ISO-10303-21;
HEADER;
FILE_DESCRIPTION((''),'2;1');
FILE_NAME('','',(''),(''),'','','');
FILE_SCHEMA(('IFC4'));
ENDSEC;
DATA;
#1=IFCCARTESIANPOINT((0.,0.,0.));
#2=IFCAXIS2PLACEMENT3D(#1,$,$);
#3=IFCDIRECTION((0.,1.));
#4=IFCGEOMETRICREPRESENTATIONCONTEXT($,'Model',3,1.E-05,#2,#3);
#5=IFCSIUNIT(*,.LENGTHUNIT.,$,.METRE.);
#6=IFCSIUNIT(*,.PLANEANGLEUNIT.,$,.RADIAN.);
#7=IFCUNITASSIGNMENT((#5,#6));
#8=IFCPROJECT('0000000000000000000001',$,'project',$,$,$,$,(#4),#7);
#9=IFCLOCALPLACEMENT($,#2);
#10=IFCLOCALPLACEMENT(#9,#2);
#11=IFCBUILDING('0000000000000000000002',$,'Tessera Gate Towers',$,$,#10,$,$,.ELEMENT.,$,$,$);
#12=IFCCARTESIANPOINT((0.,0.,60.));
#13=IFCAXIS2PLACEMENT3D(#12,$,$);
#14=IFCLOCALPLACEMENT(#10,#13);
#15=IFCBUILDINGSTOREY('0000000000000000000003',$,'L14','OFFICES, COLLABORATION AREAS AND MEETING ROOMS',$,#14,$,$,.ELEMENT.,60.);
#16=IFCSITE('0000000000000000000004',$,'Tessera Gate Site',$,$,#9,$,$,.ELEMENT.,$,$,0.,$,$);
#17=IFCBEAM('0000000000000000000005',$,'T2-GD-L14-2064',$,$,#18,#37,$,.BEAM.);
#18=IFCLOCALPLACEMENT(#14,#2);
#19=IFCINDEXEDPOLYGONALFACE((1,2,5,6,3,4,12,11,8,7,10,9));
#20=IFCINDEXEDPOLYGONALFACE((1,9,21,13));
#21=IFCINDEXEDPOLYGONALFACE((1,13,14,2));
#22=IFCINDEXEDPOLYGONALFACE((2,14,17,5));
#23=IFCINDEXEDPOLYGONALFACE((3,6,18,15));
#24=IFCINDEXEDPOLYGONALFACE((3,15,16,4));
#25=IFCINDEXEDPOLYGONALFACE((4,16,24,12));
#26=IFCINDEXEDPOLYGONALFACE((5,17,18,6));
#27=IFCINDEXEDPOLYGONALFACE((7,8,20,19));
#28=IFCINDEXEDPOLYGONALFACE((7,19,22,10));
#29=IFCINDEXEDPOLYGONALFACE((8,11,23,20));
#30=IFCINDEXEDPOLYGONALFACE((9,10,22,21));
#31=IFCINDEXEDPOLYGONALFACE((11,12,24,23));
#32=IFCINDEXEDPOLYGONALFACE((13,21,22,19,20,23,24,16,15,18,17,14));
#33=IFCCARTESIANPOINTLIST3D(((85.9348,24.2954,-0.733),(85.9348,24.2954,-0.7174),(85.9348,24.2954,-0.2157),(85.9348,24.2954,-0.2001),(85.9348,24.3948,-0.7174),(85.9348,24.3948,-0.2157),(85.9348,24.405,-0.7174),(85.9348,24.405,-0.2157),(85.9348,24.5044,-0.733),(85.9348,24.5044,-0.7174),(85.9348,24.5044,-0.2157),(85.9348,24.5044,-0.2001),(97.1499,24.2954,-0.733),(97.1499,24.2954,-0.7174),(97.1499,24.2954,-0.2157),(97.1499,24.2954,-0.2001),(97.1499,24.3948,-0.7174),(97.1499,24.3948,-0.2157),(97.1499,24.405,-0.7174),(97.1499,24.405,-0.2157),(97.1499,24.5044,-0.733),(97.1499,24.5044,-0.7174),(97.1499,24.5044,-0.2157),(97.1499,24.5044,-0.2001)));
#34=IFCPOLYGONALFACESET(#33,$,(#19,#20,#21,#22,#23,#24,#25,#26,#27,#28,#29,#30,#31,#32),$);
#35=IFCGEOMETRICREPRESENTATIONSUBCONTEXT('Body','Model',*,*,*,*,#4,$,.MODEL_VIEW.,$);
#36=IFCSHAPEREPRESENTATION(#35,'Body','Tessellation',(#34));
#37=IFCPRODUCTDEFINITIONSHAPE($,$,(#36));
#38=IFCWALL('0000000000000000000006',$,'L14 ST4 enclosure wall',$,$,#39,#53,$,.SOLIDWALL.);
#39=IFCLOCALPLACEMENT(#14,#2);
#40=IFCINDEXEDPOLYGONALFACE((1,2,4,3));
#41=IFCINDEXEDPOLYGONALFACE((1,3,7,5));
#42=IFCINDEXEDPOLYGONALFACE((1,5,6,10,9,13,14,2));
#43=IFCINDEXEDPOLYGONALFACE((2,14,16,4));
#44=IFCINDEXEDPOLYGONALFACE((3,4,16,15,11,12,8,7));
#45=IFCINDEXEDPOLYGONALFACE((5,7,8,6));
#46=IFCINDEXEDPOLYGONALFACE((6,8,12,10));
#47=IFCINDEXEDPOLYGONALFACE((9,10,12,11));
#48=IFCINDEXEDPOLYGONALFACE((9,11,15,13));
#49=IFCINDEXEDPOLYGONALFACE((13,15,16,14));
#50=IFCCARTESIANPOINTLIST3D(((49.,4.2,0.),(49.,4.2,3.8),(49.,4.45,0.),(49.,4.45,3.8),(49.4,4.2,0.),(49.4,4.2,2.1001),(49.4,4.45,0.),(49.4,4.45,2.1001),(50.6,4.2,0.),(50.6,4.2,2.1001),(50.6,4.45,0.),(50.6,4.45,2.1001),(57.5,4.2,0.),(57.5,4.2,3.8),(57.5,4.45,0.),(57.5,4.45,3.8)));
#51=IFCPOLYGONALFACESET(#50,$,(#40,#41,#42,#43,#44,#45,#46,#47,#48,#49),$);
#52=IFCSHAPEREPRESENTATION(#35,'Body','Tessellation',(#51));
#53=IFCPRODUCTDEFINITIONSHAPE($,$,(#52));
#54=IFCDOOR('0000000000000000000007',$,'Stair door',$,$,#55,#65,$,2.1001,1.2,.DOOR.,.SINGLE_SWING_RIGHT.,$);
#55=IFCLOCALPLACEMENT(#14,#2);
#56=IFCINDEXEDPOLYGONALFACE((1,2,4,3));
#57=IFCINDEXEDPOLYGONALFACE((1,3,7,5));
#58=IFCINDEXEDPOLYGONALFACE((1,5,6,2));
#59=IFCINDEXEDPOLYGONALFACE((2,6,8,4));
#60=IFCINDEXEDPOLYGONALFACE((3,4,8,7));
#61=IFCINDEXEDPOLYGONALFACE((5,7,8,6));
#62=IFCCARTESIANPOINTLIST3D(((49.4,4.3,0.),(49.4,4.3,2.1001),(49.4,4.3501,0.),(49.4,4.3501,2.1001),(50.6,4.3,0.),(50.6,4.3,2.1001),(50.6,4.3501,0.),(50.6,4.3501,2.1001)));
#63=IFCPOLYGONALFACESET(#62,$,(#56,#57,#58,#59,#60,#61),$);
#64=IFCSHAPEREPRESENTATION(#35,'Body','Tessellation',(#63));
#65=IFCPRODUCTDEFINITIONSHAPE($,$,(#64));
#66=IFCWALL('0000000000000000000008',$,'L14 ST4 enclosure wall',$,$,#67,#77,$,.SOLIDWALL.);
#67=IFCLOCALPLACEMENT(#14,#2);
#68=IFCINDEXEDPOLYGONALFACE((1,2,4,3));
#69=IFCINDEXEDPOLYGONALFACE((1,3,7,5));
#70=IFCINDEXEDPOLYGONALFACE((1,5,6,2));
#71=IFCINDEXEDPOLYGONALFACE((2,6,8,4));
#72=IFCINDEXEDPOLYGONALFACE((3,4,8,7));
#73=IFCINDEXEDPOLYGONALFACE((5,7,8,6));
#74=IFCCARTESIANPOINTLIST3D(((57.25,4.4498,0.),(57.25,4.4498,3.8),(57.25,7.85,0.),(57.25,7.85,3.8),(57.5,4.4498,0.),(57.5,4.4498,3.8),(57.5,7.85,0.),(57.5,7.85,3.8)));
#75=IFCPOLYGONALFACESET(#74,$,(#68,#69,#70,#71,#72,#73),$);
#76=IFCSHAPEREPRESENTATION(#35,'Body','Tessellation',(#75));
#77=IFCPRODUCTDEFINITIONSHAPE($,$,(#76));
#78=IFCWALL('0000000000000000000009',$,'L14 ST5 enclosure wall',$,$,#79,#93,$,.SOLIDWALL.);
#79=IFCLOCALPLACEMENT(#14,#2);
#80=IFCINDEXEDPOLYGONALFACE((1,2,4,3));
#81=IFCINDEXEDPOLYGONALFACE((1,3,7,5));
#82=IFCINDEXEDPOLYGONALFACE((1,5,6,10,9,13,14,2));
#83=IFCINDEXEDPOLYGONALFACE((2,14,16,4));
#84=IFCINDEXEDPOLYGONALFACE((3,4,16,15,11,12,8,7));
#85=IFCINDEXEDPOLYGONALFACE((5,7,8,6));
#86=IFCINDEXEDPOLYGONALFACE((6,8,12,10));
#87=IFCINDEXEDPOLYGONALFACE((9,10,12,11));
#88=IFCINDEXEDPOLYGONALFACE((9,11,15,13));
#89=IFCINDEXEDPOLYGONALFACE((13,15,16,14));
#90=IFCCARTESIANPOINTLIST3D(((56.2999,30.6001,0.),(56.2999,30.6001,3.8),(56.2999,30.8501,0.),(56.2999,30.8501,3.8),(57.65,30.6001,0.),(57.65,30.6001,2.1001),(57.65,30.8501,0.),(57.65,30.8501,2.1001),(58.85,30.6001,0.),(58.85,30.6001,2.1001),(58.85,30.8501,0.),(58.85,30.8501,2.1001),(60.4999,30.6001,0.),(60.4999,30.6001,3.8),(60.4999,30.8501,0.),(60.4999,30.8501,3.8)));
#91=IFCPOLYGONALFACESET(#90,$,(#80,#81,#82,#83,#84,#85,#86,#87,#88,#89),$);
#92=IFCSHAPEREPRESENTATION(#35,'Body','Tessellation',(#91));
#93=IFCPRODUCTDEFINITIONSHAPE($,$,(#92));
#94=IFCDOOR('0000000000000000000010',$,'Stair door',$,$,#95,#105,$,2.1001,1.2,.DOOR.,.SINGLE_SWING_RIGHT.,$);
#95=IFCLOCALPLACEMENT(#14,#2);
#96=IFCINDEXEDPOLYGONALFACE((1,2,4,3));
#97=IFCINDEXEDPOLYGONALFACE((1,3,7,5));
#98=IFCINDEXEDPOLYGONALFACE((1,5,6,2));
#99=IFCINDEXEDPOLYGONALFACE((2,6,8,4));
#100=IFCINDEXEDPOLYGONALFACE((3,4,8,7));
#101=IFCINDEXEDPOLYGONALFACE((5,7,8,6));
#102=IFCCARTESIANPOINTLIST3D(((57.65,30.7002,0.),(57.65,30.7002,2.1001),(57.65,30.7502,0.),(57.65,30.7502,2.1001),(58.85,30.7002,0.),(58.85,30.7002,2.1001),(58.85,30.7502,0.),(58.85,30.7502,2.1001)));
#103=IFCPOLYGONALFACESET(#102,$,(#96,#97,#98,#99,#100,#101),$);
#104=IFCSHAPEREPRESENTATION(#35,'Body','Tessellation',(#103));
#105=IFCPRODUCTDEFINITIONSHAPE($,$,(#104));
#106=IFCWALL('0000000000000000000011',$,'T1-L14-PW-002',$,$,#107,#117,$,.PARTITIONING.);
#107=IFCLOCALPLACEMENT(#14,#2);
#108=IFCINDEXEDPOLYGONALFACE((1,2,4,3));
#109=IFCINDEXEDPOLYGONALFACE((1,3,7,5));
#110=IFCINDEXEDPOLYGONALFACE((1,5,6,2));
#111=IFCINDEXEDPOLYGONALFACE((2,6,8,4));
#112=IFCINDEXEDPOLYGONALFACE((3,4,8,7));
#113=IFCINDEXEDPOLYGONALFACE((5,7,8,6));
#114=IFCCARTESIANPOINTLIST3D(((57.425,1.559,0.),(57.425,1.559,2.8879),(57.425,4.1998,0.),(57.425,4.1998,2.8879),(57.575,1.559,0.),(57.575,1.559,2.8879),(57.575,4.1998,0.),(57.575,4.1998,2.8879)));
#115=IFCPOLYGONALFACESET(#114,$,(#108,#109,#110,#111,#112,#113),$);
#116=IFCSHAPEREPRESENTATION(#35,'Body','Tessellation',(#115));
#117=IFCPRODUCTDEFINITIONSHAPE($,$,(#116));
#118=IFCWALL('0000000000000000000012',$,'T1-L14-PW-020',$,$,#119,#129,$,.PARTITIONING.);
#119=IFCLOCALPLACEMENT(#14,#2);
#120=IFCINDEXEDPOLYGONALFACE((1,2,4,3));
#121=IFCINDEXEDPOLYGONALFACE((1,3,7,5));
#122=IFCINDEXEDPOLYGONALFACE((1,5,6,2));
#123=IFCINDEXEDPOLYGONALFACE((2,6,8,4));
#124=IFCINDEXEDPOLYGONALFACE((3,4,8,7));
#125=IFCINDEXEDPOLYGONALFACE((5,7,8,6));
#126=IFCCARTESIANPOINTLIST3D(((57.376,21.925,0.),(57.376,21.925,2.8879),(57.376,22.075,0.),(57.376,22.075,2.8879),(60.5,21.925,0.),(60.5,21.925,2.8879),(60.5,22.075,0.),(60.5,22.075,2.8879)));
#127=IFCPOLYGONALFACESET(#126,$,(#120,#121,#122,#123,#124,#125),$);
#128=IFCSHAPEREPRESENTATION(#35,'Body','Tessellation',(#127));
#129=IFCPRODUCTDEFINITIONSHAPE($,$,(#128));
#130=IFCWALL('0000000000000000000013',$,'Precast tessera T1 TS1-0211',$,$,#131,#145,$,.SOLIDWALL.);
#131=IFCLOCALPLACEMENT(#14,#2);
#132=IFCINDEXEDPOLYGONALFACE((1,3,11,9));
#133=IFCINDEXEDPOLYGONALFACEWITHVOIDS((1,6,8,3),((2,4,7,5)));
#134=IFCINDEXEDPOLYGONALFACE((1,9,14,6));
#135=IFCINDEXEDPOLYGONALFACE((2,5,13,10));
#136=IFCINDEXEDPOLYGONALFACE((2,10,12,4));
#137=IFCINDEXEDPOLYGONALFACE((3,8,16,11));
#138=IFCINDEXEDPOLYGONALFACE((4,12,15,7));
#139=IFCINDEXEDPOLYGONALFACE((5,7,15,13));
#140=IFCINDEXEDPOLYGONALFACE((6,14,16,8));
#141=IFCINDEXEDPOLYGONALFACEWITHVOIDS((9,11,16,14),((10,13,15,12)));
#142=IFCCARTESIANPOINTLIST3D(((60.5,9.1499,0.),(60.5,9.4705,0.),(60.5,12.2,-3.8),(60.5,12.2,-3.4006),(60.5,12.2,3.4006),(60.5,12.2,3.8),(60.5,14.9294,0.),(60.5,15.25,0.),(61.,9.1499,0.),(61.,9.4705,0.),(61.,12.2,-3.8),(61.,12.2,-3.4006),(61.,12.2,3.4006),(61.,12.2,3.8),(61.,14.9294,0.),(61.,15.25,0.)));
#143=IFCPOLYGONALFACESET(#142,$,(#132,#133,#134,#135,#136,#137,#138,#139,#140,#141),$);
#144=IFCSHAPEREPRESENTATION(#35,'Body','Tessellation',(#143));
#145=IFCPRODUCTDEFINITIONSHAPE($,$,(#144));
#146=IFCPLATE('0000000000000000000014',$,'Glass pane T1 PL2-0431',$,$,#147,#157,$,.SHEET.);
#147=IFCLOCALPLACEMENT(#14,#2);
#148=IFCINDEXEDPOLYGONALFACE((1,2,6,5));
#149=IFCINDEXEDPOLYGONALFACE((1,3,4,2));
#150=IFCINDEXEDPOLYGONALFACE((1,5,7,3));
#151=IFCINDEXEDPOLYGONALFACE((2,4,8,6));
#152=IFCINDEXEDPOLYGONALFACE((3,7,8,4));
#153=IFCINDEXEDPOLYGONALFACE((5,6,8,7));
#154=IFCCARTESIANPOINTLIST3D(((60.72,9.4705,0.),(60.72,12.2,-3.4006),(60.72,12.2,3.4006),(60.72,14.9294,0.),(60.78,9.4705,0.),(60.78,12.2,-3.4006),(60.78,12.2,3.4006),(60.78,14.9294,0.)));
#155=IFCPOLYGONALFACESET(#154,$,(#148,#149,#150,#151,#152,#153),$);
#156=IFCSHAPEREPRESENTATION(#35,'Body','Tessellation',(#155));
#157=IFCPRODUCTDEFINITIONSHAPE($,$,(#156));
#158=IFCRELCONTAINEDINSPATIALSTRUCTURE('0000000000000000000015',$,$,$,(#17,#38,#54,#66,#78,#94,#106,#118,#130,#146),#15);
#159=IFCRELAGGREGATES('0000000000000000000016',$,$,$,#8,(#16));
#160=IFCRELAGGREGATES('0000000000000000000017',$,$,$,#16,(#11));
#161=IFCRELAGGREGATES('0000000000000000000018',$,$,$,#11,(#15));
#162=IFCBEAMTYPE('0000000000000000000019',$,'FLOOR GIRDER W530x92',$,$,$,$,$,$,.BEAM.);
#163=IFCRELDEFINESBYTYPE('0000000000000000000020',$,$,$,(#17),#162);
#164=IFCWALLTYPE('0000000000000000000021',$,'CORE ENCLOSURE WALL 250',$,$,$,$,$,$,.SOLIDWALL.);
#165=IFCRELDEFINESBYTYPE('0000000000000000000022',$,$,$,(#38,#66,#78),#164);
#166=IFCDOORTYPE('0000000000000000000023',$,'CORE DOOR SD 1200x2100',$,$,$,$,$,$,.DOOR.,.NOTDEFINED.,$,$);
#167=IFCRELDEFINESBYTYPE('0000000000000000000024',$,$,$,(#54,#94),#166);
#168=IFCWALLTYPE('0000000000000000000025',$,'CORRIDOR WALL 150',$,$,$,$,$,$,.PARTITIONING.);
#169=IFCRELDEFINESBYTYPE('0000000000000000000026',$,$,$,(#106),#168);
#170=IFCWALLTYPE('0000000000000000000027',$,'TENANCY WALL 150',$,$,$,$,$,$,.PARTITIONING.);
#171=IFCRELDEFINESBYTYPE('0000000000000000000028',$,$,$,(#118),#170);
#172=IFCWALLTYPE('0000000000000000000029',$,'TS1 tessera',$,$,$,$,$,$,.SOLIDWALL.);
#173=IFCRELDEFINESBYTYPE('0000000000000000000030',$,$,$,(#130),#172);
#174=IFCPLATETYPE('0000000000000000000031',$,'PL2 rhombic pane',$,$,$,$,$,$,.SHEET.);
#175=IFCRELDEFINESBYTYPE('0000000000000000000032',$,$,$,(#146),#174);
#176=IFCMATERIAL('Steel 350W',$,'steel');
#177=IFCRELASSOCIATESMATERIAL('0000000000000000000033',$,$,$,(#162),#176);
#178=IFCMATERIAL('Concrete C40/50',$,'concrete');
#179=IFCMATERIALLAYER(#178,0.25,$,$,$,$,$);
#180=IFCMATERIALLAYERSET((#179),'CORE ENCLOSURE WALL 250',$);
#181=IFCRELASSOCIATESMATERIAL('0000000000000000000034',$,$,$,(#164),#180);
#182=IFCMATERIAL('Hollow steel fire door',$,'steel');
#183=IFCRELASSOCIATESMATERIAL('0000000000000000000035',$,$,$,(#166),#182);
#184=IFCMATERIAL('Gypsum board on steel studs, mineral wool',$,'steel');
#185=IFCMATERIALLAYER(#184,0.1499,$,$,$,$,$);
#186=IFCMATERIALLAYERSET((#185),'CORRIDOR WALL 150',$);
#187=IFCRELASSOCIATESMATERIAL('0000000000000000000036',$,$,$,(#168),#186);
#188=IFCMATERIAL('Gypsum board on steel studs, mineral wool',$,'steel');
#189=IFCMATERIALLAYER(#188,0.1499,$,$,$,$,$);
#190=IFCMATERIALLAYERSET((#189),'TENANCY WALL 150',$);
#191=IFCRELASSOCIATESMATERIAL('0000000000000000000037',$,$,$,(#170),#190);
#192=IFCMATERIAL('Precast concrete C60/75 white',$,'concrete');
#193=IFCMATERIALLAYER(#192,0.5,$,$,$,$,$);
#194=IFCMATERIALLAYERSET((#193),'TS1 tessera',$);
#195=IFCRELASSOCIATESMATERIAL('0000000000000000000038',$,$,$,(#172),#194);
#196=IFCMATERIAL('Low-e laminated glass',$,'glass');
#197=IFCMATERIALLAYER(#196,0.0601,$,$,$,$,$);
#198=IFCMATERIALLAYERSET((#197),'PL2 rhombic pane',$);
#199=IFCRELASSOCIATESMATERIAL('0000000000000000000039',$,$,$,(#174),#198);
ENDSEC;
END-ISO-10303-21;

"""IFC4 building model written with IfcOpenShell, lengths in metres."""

from ifc_helpers import new_model, si_unit, direction, frame, frame_2d, origin, origin_2d, place, context, subcontext, project, spatial, polyline, rectangle, i_section, outline, extrude, source, transform, mapped, material, layer, layer_set, material_profile, profile_set, type_object, element, fill, save


model = new_model("IFC4")

# Units and contexts
model_context = context("Model", 3, precision=1e-05, world=origin(), true_north=direction((0.0, 1.0)))
body_context = subcontext(model_context, "Body", "Model", "MODEL_VIEW")
ifc_project = project(units=[si_unit("LENGTHUNIT", "METRE"), si_unit("PLANEANGLEUNIT", "RADIAN")], contexts=[model_context])

# Site, building, storey
site_placement = place(None, origin())
site = spatial("IfcSite", under=ifc_project, at=site_placement, Name="Tessera Gate Site", CompositionType="ELEMENT", RefElevation=0.0)
building_placement = place(site_placement, origin())
building = spatial("IfcBuilding", under=site, at=building_placement, Name="Tessera Gate Towers", CompositionType="ELEMENT")
storey_placement = place(building_placement, frame((0.0, 0.0, 60.0)))
storey = spatial("IfcBuildingStorey", under=building, at=storey_placement, Name="L14", Description="OFFICES, COLLABORATION AREAS AND MEETING ROOMS", CompositionType="ELEMENT", Elevation=60.0)

# Beam
ifc_material_1 = material(Name="Steel 350W", Category="steel")
ifc_material_profile = material_profile(ifc_material_1, i_section(OverallWidth=0.209, OverallDepth=0.533, WebThickness=0.0103, FlangeThickness=0.0156, at=origin_2d()), Name="W530x92")
ifc_profile_set = profile_set([ifc_material_profile], Name="Steel 350W")
beam_type = type_object("IfcBeamType", Name="FLOOR GIRDER W530x92", PredefinedType="BEAM", material=ifc_profile_set)
beam_placement = place(storey_placement, frame((85.9348, 24.3999, -0.4666), z_axis=(1.0, 0.0, 0.0), x_axis=(0.0, 1.0, 0.0)))
element("IfcBeam", 1, at=beam_placement, inside=storey, type_object=beam_type, Name="T2-GD-L14-2064", PredefinedType="BEAM", context=body_context, shape_type="SweptSolid", body=[
    extrude(i_section(OverallWidth=0.209, OverallDepth=0.533, WebThickness=0.0103, FlangeThickness=0.0156, at=origin_2d()), origin(), (0.0, 0.0, 1.0), 11.2151),
])

# Wall, opening, door
ifc_material_2 = material(Name="Concrete C40/50", Category="concrete")
ifc_layer_1 = layer(ifc_material_2, 0.25)
ifc_layer_set_1 = layer_set([ifc_layer_1], Name="CORE ENCLOSURE WALL 250")
wall_type_1 = type_object("IfcWallType", Name="CORE ENCLOSURE WALL 250", PredefinedType="SOLIDWALL", material=ifc_layer_set_1)
wall_1_placement = place(storey_placement, frame((57.5, 4.325, 0.0), z_axis=(0.0, 0.0, 1.0), x_axis=(-1.0, 0.0, 0.0)))
wall_1 = element("IfcWall", 2, at=wall_1_placement, inside=storey, type_object=wall_type_1, Name="L14 ST4 enclosure wall", PredefinedType="SOLIDWALL", context=body_context, shape_type="SweptSolid", body=[
    extrude(rectangle(XDim=8.5, YDim=0.25, at=frame_2d((4.25, 0.0))), origin(), (0.0, 0.0, 1.0), 3.8),
])
shared_shape_1 = source(origin(), body_context, "Body", "SweptSolid", [
    extrude(rectangle(XDim=1.2, YDim=2.1001, at=frame_2d((0.6001, 1.05))), frame((0.0, 0.135, 0.0), z_axis=(0.0, -1.0, 0.0), x_axis=(1.0, 0.0, 0.0)), (0.0, 0.0, 1.0), 0.27),
])
opening_1_placement = place(wall_1_placement, frame((6.8999, 0.0, 0.0)))
opening_1 = element("IfcOpeningElement", 3, at=opening_1_placement, cuts=wall_1, PredefinedType="OPENING", context=body_context, shape_type="MappedRepresentation", body=[
    mapped(shared_shape_1, transform((0.0, 0.0, 0.0), scale=1.0)),
])
ifc_material_3 = material(Name="Hollow steel fire door", Category="steel")
door_type = type_object("IfcDoorType", Name="CORE DOOR SD 1200x2100", OperationType="NOTDEFINED", PredefinedType="DOOR", material=ifc_material_3)
shared_shape_2 = source(origin(), body_context, "Body", "SweptSolid", [
    extrude(rectangle(XDim=1.2, YDim=2.1001, at=frame_2d((0.6001, 1.05))), frame((0.0, 0.0249, 0.0), z_axis=(0.0, -1.0, 0.0), x_axis=(1.0, 0.0, 0.0)), (0.0, 0.0, 1.0), 0.05),
])
door_1_placement = place(opening_1_placement, origin())
door_1 = element("IfcDoor", 4, at=door_1_placement, inside=storey, type_object=door_type, Name="Stair door", OperationType="SINGLE_SWING_RIGHT", OverallHeight=2.1001, OverallWidth=1.2, PredefinedType="DOOR", context=body_context, shape_type="MappedRepresentation", body=[
    mapped(shared_shape_2, transform((0.0, 0.0, 0.0), scale=1.0)),
])
fill(opening_1, door_1)

# Wall
wall_2_placement = place(storey_placement, frame((57.375, 7.8501, 0.0), z_axis=(0.0, 0.0, 1.0), x_axis=(0.0, -1.0, 0.0)))
element("IfcWall", 5, at=wall_2_placement, inside=storey, type_object=wall_type_1, Name="L14 ST4 enclosure wall", PredefinedType="SOLIDWALL", context=body_context, shape_type="SweptSolid", body=[
    extrude(rectangle(XDim=3.4001, YDim=0.25, at=frame_2d((1.7002, 0.0))), origin(), (0.0, 0.0, 1.0), 3.8),
])

# Wall, opening, door
wall_3_placement = place(storey_placement, frame((60.5, 30.7251, 0.0), z_axis=(0.0, 0.0, 1.0), x_axis=(-1.0, 0.0, 0.0)))
wall_3 = element("IfcWall", 6, at=wall_3_placement, inside=storey, type_object=wall_type_1, Name="L14 ST5 enclosure wall", PredefinedType="SOLIDWALL", context=body_context, shape_type="SweptSolid", body=[
    extrude(rectangle(XDim=4.2, YDim=0.25, at=frame_2d((2.1001, 0.0))), origin(), (0.0, 0.0, 1.0), 3.8),
])
opening_2_placement = place(wall_3_placement, frame((1.6499, 0.0, 0.0)))
opening_2 = element("IfcOpeningElement", 7, at=opening_2_placement, cuts=wall_3, PredefinedType="OPENING", context=body_context, shape_type="MappedRepresentation", body=[
    mapped(shared_shape_1, transform((0.0, 0.0, 0.0), scale=1.0)),
])
door_2_placement = place(opening_2_placement, origin())
door_2 = element("IfcDoor", 8, at=door_2_placement, inside=storey, type_object=door_type, Name="Stair door", OperationType="SINGLE_SWING_RIGHT", OverallHeight=2.1001, OverallWidth=1.2, PredefinedType="DOOR", context=body_context, shape_type="MappedRepresentation", body=[
    mapped(shared_shape_2, transform((0.0, 0.0, 0.0), scale=1.0)),
])
fill(opening_2, door_2)

# Walls
ifc_material_4 = material(Name="Gypsum board on steel studs, mineral wool", Category="steel")
ifc_layer_2 = layer(ifc_material_4, 0.1499)
ifc_layer_set_2 = layer_set([ifc_layer_2], Name="CORRIDOR WALL 150")
wall_type_2 = type_object("IfcWallType", Name="CORRIDOR WALL 150", PredefinedType="PARTITIONING", material=ifc_layer_set_2)
wall_4_placement = place(storey_placement, frame((57.5, 1.5591, 0.0), z_axis=(0.0, 0.0, 1.0), x_axis=(0.0, 1.0, 0.0)))
element("IfcWall", 9, at=wall_4_placement, inside=storey, type_object=wall_type_2, Name="T1-L14-PW-002", PredefinedType="PARTITIONING", context=body_context, shape_type="SweptSolid", body=[
    extrude(rectangle(XDim=2.6409, YDim=0.1499, at=frame_2d((1.3203, 0.0))), origin(), (0.0, 0.0, 1.0), 2.8879),
])
ifc_material_5 = material(Name="Gypsum board on steel studs, mineral wool", Category="steel")
ifc_layer_3 = layer(ifc_material_5, 0.1499)
ifc_layer_set_3 = layer_set([ifc_layer_3], Name="TENANCY WALL 150")
wall_type_3 = type_object("IfcWallType", Name="TENANCY WALL 150", PredefinedType="PARTITIONING", material=ifc_layer_set_3)
wall_5_placement = place(storey_placement, frame((57.376, 22.0, 0.0), z_axis=(0.0, 0.0, 1.0), x_axis=(1.0, 0.0, 0.0)))
element("IfcWall", 10, at=wall_5_placement, inside=storey, type_object=wall_type_3, Name="T1-L14-PW-020", PredefinedType="PARTITIONING", context=body_context, shape_type="SweptSolid", body=[
    extrude(rectangle(XDim=3.124, YDim=0.1499, at=frame_2d((1.562, 0.0))), origin(), (0.0, 0.0, 1.0), 2.8879),
])

# Wall, opening, plate
ifc_material_6 = material(Name="Precast concrete C60/75 white", Category="concrete")
ifc_layer_4 = layer(ifc_material_6, 0.5)
ifc_layer_set_4 = layer_set([ifc_layer_4], Name="TS1 tessera")
wall_type_4 = type_object("IfcWallType", Name="TS1 tessera", PredefinedType="SOLIDWALL", material=ifc_layer_set_4)
shared_shape_3 = source(origin(), body_context, "Body", "SweptSolid", [
    extrude(outline(polyline([(3.05, 0.0), (6.1001, 3.8), (3.05, 7.6001), (0.0, 3.8), (3.05, 0.0)])), frame((0.0, 0.25, 0.0), z_axis=(0.0, -1.0, 0.0), x_axis=(1.0, 0.0, 0.0)), (0.0, 0.0, 1.0), 0.5),
])
wall_6_placement = place(storey_placement, frame((60.75, 9.1499, -3.8), z_axis=(0.0, 0.0, 1.0), x_axis=(0.0, 1.0, 0.0)))
wall_6 = element("IfcWall", 11, at=wall_6_placement, inside=storey, type_object=wall_type_4, Name="Precast tessera T1 TS1-0211", PredefinedType="SOLIDWALL", context=body_context, shape_type="MappedRepresentation", body=[
    mapped(shared_shape_3, transform((0.0, 0.0, 0.0), scale=1.0)),
])
shared_shape_4 = source(origin(), body_context, "Body", "SweptSolid", [
    extrude(outline(polyline([(3.05, 0.3994), (5.7795, 3.8), (3.05, 7.2007), (0.3206, 3.8), (3.05, 0.3994)])), frame((0.0, 0.26, 0.0), z_axis=(0.0, -1.0, 0.0), x_axis=(1.0, 0.0, 0.0)), (0.0, 0.0, 1.0), 0.52),
])
opening_3_placement = place(wall_6_placement, origin())
opening_3 = element("IfcOpeningElement", 12, at=opening_3_placement, cuts=wall_6, PredefinedType="OPENING", context=body_context, shape_type="MappedRepresentation", body=[
    mapped(shared_shape_4, transform((0.0, 0.0, 0.0), scale=1.0)),
])
ifc_material_7 = material(Name="Low-e laminated glass", Category="glass")
ifc_layer_5 = layer(ifc_material_7, 0.0601)
ifc_layer_set_5 = layer_set([ifc_layer_5], Name="PL2 rhombic pane")
plate_type_1 = type_object("IfcPlateType", Name="PL2 rhombic pane", PredefinedType="SHEET", material=ifc_layer_set_5)
shared_shape_5 = source(origin(), body_context, "Body", "SweptSolid", [
    extrude(outline(polyline([(3.05, 0.3994), (5.7795, 3.8), (3.05, 7.2007), (0.3206, 3.8), (3.05, 0.3994)])), frame((0.0, 0.03, 0.0), z_axis=(0.0, -1.0, 0.0), x_axis=(1.0, 0.0, 0.0)), (0.0, 0.0, 1.0), 0.0601),
])
plate_1_placement = place(opening_3_placement, origin())
plate_1 = element("IfcPlate", 13, at=plate_1_placement, inside=storey, type_object=plate_type_1, Name="Glass pane T1 PL2-0431", PredefinedType="SHEET", context=body_context, shape_type="MappedRepresentation", body=[
    mapped(shared_shape_5, transform((0.0, 0.0, 0.0), scale=1.0)),
])
fill(opening_3, plate_1)

save(model, "model.ifc")
